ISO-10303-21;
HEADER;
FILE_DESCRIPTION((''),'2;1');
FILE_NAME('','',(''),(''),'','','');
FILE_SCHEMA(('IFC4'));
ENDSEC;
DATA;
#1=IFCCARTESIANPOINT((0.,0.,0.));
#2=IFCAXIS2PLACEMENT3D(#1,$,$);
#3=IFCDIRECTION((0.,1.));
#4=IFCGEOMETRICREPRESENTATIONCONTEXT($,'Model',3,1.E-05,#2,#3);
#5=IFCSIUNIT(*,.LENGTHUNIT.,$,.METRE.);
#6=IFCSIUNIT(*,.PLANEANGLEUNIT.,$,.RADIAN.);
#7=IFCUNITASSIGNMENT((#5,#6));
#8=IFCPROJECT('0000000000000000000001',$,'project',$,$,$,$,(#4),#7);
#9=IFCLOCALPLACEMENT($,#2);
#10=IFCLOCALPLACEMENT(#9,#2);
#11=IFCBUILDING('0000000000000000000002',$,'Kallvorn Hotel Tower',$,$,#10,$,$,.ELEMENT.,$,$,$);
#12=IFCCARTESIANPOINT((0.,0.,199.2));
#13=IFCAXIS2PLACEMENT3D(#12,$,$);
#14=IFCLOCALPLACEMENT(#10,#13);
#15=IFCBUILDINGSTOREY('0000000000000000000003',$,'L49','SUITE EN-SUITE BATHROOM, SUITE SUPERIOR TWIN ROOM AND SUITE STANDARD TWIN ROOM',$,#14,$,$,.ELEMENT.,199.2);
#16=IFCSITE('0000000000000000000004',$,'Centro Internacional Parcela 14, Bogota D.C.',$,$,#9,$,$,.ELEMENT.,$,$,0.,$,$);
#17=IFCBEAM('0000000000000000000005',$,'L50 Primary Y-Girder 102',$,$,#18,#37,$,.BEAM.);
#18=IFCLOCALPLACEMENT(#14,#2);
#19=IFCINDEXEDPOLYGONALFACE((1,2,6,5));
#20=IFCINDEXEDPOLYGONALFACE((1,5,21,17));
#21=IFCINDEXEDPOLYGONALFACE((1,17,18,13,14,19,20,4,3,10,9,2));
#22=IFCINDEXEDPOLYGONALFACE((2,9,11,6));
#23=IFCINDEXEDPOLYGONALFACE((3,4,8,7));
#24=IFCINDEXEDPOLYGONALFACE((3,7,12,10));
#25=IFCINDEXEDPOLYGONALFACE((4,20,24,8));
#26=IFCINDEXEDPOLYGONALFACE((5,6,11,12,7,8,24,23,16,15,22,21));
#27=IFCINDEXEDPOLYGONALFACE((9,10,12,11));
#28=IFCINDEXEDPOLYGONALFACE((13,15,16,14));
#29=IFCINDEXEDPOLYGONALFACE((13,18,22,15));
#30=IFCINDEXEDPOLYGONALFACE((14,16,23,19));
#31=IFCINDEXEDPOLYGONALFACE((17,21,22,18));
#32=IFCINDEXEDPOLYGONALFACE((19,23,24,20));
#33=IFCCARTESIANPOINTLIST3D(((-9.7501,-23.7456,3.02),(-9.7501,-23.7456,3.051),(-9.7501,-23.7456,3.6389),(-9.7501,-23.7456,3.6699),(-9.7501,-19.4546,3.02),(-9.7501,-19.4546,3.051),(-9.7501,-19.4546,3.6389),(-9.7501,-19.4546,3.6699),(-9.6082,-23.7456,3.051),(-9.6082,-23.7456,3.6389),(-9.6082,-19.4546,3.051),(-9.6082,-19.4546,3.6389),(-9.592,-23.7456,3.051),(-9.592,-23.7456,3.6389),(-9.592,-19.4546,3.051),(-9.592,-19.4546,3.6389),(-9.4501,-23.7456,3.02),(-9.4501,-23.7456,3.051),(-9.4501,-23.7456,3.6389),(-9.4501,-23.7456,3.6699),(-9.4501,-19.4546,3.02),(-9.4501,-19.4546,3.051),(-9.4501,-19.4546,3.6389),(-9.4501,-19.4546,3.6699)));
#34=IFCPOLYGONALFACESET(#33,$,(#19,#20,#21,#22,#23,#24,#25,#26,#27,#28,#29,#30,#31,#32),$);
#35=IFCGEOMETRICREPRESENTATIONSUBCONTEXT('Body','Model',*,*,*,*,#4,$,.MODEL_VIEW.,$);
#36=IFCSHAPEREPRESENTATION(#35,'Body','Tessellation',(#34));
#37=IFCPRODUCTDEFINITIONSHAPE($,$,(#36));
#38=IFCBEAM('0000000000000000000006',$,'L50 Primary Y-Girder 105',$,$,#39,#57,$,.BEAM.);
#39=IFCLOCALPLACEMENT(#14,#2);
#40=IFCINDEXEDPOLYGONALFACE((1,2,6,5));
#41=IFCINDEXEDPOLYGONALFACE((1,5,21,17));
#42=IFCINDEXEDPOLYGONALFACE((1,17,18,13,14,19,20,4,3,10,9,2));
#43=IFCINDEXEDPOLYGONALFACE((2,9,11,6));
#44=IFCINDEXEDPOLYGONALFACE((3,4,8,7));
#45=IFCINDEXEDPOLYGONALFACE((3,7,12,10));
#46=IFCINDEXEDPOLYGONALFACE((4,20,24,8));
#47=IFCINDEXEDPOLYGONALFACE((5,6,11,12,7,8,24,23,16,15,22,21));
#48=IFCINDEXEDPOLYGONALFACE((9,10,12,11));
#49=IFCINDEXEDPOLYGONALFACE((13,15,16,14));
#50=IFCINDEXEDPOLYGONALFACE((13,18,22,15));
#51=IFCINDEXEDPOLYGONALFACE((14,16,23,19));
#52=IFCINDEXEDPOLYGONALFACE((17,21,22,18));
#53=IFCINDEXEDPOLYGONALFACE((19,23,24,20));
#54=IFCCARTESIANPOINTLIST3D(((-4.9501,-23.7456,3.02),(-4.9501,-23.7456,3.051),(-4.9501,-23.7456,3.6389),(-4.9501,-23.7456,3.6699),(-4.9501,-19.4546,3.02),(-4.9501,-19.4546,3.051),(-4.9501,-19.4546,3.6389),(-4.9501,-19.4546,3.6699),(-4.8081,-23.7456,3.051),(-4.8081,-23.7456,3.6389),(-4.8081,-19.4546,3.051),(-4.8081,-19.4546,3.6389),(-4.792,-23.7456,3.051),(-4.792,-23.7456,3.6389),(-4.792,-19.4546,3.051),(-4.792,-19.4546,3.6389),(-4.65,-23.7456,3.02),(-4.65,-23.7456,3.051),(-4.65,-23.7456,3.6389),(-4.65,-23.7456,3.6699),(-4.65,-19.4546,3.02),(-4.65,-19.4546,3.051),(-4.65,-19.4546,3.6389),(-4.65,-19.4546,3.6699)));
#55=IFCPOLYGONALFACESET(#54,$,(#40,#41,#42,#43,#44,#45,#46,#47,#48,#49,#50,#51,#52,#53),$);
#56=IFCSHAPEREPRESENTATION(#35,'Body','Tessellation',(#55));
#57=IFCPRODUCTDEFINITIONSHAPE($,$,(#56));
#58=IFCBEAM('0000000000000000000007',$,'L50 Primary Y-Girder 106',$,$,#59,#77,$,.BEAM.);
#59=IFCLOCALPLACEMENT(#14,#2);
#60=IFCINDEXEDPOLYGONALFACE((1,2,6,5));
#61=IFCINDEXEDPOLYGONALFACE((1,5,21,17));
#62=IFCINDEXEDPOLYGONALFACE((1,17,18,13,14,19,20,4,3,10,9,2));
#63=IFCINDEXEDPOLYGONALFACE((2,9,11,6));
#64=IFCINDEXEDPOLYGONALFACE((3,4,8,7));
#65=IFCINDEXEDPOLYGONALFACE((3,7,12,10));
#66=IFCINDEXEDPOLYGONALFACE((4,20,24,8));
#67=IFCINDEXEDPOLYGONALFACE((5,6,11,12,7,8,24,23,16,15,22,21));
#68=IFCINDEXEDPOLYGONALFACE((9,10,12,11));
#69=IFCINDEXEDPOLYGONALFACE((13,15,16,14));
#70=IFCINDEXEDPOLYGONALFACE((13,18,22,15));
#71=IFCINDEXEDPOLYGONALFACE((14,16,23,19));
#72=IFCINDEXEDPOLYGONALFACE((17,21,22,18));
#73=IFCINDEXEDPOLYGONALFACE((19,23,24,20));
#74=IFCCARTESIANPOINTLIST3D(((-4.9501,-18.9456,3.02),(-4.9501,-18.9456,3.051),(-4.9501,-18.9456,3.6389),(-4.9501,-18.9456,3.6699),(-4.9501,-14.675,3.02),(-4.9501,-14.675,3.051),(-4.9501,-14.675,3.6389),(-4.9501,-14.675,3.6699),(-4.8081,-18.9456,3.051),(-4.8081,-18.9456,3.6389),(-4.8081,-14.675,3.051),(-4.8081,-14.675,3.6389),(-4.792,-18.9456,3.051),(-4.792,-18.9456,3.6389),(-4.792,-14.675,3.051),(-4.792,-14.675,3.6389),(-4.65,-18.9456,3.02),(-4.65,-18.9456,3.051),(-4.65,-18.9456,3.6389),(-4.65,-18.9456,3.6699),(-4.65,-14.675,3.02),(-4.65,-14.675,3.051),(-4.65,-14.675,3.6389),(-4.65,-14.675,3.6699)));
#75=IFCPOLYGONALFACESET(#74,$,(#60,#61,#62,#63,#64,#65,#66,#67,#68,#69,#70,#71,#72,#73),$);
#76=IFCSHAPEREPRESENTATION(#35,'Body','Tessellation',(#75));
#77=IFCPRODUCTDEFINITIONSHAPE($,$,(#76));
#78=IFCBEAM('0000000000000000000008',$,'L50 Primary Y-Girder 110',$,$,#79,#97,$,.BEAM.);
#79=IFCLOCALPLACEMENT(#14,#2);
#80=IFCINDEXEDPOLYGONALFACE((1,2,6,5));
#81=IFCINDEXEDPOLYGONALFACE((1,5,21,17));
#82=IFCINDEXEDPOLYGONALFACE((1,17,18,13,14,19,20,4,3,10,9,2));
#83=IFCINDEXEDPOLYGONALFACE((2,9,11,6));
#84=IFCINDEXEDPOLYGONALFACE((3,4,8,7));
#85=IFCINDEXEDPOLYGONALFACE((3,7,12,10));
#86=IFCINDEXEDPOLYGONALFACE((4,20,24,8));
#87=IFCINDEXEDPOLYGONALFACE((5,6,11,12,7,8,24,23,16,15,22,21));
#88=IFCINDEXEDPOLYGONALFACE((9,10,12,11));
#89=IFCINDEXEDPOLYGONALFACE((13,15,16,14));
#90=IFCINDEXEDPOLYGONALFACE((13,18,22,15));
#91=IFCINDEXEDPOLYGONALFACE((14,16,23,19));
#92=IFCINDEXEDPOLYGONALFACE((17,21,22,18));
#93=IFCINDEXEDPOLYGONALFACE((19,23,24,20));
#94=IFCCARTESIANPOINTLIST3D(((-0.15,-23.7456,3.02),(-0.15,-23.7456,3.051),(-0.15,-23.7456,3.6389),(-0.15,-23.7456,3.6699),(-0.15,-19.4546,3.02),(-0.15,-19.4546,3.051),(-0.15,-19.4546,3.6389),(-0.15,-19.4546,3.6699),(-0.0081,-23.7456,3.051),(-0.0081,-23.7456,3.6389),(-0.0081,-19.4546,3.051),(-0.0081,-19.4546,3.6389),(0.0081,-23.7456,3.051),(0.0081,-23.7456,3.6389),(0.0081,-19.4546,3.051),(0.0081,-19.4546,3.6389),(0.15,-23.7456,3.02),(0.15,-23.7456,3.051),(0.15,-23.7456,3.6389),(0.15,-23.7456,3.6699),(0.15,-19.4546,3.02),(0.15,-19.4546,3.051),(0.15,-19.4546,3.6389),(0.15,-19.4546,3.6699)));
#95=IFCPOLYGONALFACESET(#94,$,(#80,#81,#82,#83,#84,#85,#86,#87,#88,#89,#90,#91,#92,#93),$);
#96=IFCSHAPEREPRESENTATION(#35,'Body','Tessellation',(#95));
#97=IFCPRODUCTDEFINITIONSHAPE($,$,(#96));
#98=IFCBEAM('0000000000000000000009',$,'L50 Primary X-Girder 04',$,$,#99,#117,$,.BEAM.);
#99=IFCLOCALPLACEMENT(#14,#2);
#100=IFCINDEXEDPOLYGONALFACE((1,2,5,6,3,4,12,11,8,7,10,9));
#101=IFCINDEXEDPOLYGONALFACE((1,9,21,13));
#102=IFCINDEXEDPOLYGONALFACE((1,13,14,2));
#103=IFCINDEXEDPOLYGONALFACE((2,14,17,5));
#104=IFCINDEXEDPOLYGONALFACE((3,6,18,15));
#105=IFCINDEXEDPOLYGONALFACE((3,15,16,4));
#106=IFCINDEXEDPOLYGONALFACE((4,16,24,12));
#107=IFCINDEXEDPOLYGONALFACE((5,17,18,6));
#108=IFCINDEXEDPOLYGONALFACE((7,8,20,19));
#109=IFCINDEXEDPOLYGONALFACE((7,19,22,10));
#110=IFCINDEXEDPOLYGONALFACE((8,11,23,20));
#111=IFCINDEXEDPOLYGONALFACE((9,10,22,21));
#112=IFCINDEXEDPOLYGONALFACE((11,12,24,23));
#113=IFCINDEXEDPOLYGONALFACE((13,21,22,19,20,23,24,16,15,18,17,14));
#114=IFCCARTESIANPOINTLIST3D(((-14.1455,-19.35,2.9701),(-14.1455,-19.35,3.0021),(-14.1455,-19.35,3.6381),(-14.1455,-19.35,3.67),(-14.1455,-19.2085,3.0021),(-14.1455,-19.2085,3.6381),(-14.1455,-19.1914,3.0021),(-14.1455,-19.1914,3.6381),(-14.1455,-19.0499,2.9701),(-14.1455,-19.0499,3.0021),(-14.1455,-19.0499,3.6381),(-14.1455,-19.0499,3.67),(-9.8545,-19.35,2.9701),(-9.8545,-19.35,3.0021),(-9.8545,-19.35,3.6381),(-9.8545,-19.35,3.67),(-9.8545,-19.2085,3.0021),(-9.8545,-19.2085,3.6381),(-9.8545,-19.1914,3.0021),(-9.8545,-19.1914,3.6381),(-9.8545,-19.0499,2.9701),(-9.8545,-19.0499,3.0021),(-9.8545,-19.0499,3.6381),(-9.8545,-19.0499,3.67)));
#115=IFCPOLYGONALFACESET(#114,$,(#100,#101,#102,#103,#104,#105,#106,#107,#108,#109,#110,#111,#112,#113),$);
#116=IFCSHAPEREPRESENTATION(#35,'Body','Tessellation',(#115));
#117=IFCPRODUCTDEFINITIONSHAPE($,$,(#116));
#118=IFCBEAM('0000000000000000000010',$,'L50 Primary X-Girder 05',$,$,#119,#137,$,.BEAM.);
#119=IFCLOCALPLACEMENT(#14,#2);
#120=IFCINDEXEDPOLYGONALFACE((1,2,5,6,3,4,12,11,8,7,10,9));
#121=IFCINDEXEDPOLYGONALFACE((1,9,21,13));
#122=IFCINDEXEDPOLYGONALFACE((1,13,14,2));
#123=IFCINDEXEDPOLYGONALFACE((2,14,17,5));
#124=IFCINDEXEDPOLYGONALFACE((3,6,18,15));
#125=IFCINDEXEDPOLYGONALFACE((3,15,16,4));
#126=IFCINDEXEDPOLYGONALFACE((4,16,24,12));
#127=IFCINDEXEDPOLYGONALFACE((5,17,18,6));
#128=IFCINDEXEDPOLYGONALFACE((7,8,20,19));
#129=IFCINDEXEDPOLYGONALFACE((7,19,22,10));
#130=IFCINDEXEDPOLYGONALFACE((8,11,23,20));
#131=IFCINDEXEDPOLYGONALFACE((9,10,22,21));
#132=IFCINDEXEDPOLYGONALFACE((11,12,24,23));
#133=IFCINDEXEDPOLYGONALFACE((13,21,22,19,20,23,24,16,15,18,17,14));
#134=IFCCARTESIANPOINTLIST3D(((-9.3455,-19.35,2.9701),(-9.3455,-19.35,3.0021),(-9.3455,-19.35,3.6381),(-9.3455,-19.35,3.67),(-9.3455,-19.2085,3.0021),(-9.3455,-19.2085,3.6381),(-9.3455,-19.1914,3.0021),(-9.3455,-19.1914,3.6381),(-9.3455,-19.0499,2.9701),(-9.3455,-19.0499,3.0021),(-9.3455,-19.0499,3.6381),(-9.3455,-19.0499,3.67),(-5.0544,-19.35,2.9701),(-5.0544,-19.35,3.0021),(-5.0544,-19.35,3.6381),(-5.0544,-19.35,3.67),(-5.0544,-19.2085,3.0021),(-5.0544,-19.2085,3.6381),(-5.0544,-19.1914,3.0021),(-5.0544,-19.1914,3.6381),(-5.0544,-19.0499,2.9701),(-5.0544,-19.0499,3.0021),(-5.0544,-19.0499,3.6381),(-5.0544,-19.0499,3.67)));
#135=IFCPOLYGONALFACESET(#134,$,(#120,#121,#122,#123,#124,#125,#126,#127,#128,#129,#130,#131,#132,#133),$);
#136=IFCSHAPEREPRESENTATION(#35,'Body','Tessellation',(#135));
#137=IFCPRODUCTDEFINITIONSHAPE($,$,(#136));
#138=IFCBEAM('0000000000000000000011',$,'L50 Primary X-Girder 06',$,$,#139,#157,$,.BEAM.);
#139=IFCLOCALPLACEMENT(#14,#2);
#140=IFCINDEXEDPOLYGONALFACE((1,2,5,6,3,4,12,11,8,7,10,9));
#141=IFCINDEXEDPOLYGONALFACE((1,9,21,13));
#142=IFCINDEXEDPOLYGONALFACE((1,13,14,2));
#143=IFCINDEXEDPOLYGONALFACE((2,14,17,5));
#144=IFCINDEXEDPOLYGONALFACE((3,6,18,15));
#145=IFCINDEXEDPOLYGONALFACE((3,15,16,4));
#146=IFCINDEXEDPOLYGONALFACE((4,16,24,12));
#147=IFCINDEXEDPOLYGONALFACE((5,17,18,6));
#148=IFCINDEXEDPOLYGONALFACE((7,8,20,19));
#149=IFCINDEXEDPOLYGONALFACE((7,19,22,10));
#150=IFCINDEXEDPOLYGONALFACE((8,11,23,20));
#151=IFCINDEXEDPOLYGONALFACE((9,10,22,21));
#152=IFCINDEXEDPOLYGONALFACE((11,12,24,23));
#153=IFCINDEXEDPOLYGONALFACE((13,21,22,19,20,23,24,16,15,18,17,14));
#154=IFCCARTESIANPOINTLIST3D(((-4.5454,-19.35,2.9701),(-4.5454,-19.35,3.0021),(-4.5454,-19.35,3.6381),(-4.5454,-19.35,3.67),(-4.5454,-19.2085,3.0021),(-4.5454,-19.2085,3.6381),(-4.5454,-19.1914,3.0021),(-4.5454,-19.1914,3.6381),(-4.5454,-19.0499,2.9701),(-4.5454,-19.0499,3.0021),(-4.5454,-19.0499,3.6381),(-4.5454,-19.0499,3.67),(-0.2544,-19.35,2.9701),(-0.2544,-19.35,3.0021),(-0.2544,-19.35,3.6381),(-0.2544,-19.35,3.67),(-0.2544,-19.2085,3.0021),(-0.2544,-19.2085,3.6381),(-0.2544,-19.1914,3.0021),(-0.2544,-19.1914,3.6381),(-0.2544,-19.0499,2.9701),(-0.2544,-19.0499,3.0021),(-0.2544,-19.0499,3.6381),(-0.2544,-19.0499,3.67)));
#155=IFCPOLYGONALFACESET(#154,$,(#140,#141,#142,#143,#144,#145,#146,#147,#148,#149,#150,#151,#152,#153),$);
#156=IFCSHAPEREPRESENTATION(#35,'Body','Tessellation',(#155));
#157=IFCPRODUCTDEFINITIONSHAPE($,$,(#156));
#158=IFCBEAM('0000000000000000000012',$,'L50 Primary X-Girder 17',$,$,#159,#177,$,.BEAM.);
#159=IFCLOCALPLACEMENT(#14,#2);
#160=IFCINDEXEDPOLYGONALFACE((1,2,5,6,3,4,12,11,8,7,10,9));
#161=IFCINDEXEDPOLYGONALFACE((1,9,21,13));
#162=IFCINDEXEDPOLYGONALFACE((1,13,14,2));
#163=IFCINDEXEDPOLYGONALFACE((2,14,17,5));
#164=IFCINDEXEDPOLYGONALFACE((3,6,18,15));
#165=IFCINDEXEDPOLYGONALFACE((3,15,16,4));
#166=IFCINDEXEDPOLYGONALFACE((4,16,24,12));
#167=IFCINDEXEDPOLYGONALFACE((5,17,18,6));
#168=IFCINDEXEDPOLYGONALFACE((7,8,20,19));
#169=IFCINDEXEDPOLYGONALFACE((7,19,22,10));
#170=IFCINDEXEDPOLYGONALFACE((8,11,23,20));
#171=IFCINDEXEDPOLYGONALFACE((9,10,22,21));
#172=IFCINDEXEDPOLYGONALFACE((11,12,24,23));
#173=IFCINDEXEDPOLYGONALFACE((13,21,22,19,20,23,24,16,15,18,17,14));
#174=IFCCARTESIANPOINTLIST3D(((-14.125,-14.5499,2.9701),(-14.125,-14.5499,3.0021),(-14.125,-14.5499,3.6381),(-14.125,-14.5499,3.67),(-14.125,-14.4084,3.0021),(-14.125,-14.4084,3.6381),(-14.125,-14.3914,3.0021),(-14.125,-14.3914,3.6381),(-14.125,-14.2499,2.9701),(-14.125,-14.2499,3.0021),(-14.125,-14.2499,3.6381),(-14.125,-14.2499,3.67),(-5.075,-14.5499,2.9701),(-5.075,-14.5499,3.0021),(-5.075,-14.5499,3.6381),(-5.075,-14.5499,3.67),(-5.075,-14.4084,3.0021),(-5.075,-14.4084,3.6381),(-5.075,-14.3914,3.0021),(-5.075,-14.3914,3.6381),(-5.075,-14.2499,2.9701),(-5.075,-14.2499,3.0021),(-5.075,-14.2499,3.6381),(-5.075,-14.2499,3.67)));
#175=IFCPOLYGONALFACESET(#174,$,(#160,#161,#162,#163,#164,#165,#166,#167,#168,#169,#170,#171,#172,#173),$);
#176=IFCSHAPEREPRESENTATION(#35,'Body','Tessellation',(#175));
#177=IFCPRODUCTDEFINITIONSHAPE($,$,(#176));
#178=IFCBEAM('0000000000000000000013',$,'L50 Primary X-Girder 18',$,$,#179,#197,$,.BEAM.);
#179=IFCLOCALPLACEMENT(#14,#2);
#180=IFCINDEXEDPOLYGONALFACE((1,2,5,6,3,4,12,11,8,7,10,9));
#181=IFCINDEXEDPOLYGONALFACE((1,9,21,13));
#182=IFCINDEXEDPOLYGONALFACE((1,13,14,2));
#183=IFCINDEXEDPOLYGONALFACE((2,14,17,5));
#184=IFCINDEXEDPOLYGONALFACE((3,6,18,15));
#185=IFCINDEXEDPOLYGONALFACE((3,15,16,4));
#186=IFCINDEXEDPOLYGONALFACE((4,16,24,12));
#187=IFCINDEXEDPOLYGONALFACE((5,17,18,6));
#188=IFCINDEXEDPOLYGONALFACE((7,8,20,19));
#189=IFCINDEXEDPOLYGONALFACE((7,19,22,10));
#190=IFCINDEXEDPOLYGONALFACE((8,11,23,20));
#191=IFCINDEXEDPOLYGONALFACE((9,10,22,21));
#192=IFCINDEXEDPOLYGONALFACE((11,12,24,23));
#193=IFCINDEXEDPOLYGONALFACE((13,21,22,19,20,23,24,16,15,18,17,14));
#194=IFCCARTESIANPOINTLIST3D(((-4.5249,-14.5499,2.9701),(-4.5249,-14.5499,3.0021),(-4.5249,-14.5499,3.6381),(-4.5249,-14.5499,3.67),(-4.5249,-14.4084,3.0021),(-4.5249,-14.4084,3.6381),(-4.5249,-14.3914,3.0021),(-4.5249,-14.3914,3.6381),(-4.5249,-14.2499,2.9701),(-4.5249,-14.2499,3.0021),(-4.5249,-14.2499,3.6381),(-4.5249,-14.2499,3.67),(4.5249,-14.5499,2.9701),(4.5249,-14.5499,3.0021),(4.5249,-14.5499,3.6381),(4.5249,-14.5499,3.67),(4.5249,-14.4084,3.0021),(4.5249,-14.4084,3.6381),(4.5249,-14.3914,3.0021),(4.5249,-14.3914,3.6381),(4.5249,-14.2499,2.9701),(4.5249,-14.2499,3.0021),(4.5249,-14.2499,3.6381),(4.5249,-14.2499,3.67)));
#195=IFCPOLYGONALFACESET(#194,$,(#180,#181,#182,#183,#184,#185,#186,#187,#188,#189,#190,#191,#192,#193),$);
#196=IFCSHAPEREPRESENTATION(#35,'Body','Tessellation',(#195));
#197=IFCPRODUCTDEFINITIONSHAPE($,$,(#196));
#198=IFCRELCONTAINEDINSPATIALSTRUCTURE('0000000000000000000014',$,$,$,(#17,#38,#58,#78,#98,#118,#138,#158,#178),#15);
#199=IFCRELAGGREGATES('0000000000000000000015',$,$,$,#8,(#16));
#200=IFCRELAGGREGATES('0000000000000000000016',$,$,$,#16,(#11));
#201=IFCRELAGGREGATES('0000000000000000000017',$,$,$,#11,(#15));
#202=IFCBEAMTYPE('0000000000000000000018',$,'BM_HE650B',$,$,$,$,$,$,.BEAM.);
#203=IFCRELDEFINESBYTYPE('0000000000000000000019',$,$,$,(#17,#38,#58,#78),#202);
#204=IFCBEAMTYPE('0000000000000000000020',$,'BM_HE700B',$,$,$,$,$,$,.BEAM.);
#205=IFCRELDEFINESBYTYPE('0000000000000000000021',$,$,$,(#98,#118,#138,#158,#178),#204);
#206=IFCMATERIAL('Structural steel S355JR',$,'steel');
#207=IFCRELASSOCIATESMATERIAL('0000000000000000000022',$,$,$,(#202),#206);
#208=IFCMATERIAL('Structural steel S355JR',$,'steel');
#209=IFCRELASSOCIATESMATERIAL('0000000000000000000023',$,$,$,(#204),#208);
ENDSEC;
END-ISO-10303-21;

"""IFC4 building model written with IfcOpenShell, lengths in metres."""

from ifc_helpers import new_model, si_unit, direction, frame, origin, origin_2d, place, context, subcontext, project, spatial, i_section, extrude, material, material_profile, profile_set, type_object, element, save


model = new_model("IFC4")

# Units and contexts
model_context = context("Model", 3, precision=1e-05, world=origin(), true_north=direction((0.0, 1.0)))
body_context = subcontext(model_context, "Body", "Model", "MODEL_VIEW")
ifc_project = project(units=[si_unit("LENGTHUNIT", "METRE"), si_unit("PLANEANGLEUNIT", "RADIAN")], contexts=[model_context])

# Site, building, storey
site_placement = place(None, origin())
site = spatial("IfcSite", under=ifc_project, at=site_placement, Name="Centro Internacional Parcela 14, Bogota D.C.", CompositionType="ELEMENT", RefElevation=0.0)
building_placement = place(site_placement, origin())
building = spatial("IfcBuilding", under=site, at=building_placement, Name="Kallvorn Hotel Tower", CompositionType="ELEMENT")
storey_placement = place(building_placement, frame((0.0, 0.0, 199.2)))
storey = spatial("IfcBuildingStorey", under=building, at=storey_placement, Name="L49", Description="SUITE EN-SUITE BATHROOM, SUITE SUPERIOR TWIN ROOM AND SUITE STANDARD TWIN ROOM", CompositionType="ELEMENT", Elevation=199.2)

# Beams
ifc_material_1 = material(Name="Structural steel S355JR", Category="steel")
ifc_material_profile_1 = material_profile(ifc_material_1, i_section(OverallWidth=0.3, OverallDepth=0.6499, WebThickness=0.0161, FlangeThickness=0.031, at=origin_2d()), Name="HE 650 B")
ifc_profile_set_1 = profile_set([ifc_material_profile_1], Name="Structural steel S355JR")
beam_type_1 = type_object("IfcBeamType", Name="BM_HE650B", PredefinedType="BEAM", material=ifc_profile_set_1)
for number, where, z_axis, x_axis, name in (
    (1, (-9.6001, -23.7456, 3.345), (0.0, 1.0, 0.0), (-1.0, 0.0, 0.0), "L50 Primary Y-Girder 102"),
    (2, (-4.8, -23.7456, 3.345), (0.0, 1.0, 0.0), (-1.0, 0.0, 0.0), "L50 Primary Y-Girder 105"),
):
    element("IfcBeam", number, at=place(storey_placement, frame(where, z_axis=z_axis, x_axis=x_axis)), inside=storey, type_object=beam_type_1, Name=name, PredefinedType="BEAM", context=body_context, shape_type="SweptSolid", body=[
        extrude(i_section(OverallWidth=0.3, OverallDepth=0.6499, WebThickness=0.0161, FlangeThickness=0.031, at=origin_2d()), origin(), (0.0, 0.0, 1.0), 4.291),
    ])
beam_1_placement = place(storey_placement, frame((-4.8, -18.9456, 3.345), z_axis=(0.0, 1.0, 0.0), x_axis=(-1.0, 0.0, 0.0)))
element("IfcBeam", 3, at=beam_1_placement, inside=storey, type_object=beam_type_1, Name="L50 Primary Y-Girder 106", PredefinedType="BEAM", context=body_context, shape_type="SweptSolid", body=[
    extrude(i_section(OverallWidth=0.3, OverallDepth=0.6499, WebThickness=0.0161, FlangeThickness=0.031, at=origin_2d()), origin(), (0.0, 0.0, 1.0), 4.2705),
])
beam_2_placement = place(storey_placement, frame((0.0, -23.7456, 3.345), z_axis=(0.0, 1.0, 0.0), x_axis=(-1.0, 0.0, 0.0)))
element("IfcBeam", 4, at=beam_2_placement, inside=storey, type_object=beam_type_1, Name="L50 Primary Y-Girder 110", PredefinedType="BEAM", context=body_context, shape_type="SweptSolid", body=[
    extrude(i_section(OverallWidth=0.3, OverallDepth=0.6499, WebThickness=0.0161, FlangeThickness=0.031, at=origin_2d()), origin(), (0.0, 0.0, 1.0), 4.291),
])
ifc_material_2 = material(Name="Structural steel S355JR", Category="steel")
ifc_material_profile_2 = material_profile(ifc_material_2, i_section(OverallWidth=0.3, OverallDepth=0.7, WebThickness=0.0171, FlangeThickness=0.032, at=origin_2d()), Name="HE 700 B")
ifc_profile_set_2 = profile_set([ifc_material_profile_2], Name="Structural steel S355JR")
beam_type_2 = type_object("IfcBeamType", Name="BM_HE700B", PredefinedType="BEAM", material=ifc_profile_set_2)
for number, where, z_axis, x_axis, name in (
    (5, (-14.1455, -19.2, 3.3201), (1.0, 0.0, 0.0), (0.0, 1.0, 0.0), "L50 Primary X-Girder 04"),
    (6, (-9.3455, -19.2, 3.3201), (1.0, 0.0, 0.0), (0.0, 1.0, 0.0), "L50 Primary X-Girder 05"),
    (7, (-4.5454, -19.2, 3.3201), (1.0, 0.0, 0.0), (0.0, 1.0, 0.0), "L50 Primary X-Girder 06"),
):
    element("IfcBeam", number, at=place(storey_placement, frame(where, z_axis=z_axis, x_axis=x_axis)), inside=storey, type_object=beam_type_2, Name=name, PredefinedType="BEAM", context=body_context, shape_type="SweptSolid", body=[
        extrude(i_section(OverallWidth=0.3, OverallDepth=0.7, WebThickness=0.0171, FlangeThickness=0.032, at=origin_2d()), origin(), (0.0, 0.0, 1.0), 4.291),
    ])
beam_3_placement = place(storey_placement, frame((-14.125, -14.3999, 3.3201), z_axis=(1.0, 0.0, 0.0), x_axis=(0.0, 1.0, 0.0)))
element("IfcBeam", 8, at=beam_3_placement, inside=storey, type_object=beam_type_2, Name="L50 Primary X-Girder 17", PredefinedType="BEAM", context=body_context, shape_type="SweptSolid", body=[
    extrude(i_section(OverallWidth=0.3, OverallDepth=0.7, WebThickness=0.0171, FlangeThickness=0.032, at=origin_2d()), origin(), (0.0, 0.0, 1.0), 9.05),
])
beam_4_placement = place(storey_placement, frame((-4.5249, -14.3999, 3.3201), z_axis=(1.0, 0.0, 0.0), x_axis=(0.0, 1.0, 0.0)))
element("IfcBeam", 9, at=beam_4_placement, inside=storey, type_object=beam_type_2, Name="L50 Primary X-Girder 18", PredefinedType="BEAM", context=body_context, shape_type="SweptSolid", body=[
    extrude(i_section(OverallWidth=0.3, OverallDepth=0.7, WebThickness=0.0171, FlangeThickness=0.032, at=origin_2d()), origin(), (0.0, 0.0, 1.0), 9.0498),
])

save(model, "model.ifc")
